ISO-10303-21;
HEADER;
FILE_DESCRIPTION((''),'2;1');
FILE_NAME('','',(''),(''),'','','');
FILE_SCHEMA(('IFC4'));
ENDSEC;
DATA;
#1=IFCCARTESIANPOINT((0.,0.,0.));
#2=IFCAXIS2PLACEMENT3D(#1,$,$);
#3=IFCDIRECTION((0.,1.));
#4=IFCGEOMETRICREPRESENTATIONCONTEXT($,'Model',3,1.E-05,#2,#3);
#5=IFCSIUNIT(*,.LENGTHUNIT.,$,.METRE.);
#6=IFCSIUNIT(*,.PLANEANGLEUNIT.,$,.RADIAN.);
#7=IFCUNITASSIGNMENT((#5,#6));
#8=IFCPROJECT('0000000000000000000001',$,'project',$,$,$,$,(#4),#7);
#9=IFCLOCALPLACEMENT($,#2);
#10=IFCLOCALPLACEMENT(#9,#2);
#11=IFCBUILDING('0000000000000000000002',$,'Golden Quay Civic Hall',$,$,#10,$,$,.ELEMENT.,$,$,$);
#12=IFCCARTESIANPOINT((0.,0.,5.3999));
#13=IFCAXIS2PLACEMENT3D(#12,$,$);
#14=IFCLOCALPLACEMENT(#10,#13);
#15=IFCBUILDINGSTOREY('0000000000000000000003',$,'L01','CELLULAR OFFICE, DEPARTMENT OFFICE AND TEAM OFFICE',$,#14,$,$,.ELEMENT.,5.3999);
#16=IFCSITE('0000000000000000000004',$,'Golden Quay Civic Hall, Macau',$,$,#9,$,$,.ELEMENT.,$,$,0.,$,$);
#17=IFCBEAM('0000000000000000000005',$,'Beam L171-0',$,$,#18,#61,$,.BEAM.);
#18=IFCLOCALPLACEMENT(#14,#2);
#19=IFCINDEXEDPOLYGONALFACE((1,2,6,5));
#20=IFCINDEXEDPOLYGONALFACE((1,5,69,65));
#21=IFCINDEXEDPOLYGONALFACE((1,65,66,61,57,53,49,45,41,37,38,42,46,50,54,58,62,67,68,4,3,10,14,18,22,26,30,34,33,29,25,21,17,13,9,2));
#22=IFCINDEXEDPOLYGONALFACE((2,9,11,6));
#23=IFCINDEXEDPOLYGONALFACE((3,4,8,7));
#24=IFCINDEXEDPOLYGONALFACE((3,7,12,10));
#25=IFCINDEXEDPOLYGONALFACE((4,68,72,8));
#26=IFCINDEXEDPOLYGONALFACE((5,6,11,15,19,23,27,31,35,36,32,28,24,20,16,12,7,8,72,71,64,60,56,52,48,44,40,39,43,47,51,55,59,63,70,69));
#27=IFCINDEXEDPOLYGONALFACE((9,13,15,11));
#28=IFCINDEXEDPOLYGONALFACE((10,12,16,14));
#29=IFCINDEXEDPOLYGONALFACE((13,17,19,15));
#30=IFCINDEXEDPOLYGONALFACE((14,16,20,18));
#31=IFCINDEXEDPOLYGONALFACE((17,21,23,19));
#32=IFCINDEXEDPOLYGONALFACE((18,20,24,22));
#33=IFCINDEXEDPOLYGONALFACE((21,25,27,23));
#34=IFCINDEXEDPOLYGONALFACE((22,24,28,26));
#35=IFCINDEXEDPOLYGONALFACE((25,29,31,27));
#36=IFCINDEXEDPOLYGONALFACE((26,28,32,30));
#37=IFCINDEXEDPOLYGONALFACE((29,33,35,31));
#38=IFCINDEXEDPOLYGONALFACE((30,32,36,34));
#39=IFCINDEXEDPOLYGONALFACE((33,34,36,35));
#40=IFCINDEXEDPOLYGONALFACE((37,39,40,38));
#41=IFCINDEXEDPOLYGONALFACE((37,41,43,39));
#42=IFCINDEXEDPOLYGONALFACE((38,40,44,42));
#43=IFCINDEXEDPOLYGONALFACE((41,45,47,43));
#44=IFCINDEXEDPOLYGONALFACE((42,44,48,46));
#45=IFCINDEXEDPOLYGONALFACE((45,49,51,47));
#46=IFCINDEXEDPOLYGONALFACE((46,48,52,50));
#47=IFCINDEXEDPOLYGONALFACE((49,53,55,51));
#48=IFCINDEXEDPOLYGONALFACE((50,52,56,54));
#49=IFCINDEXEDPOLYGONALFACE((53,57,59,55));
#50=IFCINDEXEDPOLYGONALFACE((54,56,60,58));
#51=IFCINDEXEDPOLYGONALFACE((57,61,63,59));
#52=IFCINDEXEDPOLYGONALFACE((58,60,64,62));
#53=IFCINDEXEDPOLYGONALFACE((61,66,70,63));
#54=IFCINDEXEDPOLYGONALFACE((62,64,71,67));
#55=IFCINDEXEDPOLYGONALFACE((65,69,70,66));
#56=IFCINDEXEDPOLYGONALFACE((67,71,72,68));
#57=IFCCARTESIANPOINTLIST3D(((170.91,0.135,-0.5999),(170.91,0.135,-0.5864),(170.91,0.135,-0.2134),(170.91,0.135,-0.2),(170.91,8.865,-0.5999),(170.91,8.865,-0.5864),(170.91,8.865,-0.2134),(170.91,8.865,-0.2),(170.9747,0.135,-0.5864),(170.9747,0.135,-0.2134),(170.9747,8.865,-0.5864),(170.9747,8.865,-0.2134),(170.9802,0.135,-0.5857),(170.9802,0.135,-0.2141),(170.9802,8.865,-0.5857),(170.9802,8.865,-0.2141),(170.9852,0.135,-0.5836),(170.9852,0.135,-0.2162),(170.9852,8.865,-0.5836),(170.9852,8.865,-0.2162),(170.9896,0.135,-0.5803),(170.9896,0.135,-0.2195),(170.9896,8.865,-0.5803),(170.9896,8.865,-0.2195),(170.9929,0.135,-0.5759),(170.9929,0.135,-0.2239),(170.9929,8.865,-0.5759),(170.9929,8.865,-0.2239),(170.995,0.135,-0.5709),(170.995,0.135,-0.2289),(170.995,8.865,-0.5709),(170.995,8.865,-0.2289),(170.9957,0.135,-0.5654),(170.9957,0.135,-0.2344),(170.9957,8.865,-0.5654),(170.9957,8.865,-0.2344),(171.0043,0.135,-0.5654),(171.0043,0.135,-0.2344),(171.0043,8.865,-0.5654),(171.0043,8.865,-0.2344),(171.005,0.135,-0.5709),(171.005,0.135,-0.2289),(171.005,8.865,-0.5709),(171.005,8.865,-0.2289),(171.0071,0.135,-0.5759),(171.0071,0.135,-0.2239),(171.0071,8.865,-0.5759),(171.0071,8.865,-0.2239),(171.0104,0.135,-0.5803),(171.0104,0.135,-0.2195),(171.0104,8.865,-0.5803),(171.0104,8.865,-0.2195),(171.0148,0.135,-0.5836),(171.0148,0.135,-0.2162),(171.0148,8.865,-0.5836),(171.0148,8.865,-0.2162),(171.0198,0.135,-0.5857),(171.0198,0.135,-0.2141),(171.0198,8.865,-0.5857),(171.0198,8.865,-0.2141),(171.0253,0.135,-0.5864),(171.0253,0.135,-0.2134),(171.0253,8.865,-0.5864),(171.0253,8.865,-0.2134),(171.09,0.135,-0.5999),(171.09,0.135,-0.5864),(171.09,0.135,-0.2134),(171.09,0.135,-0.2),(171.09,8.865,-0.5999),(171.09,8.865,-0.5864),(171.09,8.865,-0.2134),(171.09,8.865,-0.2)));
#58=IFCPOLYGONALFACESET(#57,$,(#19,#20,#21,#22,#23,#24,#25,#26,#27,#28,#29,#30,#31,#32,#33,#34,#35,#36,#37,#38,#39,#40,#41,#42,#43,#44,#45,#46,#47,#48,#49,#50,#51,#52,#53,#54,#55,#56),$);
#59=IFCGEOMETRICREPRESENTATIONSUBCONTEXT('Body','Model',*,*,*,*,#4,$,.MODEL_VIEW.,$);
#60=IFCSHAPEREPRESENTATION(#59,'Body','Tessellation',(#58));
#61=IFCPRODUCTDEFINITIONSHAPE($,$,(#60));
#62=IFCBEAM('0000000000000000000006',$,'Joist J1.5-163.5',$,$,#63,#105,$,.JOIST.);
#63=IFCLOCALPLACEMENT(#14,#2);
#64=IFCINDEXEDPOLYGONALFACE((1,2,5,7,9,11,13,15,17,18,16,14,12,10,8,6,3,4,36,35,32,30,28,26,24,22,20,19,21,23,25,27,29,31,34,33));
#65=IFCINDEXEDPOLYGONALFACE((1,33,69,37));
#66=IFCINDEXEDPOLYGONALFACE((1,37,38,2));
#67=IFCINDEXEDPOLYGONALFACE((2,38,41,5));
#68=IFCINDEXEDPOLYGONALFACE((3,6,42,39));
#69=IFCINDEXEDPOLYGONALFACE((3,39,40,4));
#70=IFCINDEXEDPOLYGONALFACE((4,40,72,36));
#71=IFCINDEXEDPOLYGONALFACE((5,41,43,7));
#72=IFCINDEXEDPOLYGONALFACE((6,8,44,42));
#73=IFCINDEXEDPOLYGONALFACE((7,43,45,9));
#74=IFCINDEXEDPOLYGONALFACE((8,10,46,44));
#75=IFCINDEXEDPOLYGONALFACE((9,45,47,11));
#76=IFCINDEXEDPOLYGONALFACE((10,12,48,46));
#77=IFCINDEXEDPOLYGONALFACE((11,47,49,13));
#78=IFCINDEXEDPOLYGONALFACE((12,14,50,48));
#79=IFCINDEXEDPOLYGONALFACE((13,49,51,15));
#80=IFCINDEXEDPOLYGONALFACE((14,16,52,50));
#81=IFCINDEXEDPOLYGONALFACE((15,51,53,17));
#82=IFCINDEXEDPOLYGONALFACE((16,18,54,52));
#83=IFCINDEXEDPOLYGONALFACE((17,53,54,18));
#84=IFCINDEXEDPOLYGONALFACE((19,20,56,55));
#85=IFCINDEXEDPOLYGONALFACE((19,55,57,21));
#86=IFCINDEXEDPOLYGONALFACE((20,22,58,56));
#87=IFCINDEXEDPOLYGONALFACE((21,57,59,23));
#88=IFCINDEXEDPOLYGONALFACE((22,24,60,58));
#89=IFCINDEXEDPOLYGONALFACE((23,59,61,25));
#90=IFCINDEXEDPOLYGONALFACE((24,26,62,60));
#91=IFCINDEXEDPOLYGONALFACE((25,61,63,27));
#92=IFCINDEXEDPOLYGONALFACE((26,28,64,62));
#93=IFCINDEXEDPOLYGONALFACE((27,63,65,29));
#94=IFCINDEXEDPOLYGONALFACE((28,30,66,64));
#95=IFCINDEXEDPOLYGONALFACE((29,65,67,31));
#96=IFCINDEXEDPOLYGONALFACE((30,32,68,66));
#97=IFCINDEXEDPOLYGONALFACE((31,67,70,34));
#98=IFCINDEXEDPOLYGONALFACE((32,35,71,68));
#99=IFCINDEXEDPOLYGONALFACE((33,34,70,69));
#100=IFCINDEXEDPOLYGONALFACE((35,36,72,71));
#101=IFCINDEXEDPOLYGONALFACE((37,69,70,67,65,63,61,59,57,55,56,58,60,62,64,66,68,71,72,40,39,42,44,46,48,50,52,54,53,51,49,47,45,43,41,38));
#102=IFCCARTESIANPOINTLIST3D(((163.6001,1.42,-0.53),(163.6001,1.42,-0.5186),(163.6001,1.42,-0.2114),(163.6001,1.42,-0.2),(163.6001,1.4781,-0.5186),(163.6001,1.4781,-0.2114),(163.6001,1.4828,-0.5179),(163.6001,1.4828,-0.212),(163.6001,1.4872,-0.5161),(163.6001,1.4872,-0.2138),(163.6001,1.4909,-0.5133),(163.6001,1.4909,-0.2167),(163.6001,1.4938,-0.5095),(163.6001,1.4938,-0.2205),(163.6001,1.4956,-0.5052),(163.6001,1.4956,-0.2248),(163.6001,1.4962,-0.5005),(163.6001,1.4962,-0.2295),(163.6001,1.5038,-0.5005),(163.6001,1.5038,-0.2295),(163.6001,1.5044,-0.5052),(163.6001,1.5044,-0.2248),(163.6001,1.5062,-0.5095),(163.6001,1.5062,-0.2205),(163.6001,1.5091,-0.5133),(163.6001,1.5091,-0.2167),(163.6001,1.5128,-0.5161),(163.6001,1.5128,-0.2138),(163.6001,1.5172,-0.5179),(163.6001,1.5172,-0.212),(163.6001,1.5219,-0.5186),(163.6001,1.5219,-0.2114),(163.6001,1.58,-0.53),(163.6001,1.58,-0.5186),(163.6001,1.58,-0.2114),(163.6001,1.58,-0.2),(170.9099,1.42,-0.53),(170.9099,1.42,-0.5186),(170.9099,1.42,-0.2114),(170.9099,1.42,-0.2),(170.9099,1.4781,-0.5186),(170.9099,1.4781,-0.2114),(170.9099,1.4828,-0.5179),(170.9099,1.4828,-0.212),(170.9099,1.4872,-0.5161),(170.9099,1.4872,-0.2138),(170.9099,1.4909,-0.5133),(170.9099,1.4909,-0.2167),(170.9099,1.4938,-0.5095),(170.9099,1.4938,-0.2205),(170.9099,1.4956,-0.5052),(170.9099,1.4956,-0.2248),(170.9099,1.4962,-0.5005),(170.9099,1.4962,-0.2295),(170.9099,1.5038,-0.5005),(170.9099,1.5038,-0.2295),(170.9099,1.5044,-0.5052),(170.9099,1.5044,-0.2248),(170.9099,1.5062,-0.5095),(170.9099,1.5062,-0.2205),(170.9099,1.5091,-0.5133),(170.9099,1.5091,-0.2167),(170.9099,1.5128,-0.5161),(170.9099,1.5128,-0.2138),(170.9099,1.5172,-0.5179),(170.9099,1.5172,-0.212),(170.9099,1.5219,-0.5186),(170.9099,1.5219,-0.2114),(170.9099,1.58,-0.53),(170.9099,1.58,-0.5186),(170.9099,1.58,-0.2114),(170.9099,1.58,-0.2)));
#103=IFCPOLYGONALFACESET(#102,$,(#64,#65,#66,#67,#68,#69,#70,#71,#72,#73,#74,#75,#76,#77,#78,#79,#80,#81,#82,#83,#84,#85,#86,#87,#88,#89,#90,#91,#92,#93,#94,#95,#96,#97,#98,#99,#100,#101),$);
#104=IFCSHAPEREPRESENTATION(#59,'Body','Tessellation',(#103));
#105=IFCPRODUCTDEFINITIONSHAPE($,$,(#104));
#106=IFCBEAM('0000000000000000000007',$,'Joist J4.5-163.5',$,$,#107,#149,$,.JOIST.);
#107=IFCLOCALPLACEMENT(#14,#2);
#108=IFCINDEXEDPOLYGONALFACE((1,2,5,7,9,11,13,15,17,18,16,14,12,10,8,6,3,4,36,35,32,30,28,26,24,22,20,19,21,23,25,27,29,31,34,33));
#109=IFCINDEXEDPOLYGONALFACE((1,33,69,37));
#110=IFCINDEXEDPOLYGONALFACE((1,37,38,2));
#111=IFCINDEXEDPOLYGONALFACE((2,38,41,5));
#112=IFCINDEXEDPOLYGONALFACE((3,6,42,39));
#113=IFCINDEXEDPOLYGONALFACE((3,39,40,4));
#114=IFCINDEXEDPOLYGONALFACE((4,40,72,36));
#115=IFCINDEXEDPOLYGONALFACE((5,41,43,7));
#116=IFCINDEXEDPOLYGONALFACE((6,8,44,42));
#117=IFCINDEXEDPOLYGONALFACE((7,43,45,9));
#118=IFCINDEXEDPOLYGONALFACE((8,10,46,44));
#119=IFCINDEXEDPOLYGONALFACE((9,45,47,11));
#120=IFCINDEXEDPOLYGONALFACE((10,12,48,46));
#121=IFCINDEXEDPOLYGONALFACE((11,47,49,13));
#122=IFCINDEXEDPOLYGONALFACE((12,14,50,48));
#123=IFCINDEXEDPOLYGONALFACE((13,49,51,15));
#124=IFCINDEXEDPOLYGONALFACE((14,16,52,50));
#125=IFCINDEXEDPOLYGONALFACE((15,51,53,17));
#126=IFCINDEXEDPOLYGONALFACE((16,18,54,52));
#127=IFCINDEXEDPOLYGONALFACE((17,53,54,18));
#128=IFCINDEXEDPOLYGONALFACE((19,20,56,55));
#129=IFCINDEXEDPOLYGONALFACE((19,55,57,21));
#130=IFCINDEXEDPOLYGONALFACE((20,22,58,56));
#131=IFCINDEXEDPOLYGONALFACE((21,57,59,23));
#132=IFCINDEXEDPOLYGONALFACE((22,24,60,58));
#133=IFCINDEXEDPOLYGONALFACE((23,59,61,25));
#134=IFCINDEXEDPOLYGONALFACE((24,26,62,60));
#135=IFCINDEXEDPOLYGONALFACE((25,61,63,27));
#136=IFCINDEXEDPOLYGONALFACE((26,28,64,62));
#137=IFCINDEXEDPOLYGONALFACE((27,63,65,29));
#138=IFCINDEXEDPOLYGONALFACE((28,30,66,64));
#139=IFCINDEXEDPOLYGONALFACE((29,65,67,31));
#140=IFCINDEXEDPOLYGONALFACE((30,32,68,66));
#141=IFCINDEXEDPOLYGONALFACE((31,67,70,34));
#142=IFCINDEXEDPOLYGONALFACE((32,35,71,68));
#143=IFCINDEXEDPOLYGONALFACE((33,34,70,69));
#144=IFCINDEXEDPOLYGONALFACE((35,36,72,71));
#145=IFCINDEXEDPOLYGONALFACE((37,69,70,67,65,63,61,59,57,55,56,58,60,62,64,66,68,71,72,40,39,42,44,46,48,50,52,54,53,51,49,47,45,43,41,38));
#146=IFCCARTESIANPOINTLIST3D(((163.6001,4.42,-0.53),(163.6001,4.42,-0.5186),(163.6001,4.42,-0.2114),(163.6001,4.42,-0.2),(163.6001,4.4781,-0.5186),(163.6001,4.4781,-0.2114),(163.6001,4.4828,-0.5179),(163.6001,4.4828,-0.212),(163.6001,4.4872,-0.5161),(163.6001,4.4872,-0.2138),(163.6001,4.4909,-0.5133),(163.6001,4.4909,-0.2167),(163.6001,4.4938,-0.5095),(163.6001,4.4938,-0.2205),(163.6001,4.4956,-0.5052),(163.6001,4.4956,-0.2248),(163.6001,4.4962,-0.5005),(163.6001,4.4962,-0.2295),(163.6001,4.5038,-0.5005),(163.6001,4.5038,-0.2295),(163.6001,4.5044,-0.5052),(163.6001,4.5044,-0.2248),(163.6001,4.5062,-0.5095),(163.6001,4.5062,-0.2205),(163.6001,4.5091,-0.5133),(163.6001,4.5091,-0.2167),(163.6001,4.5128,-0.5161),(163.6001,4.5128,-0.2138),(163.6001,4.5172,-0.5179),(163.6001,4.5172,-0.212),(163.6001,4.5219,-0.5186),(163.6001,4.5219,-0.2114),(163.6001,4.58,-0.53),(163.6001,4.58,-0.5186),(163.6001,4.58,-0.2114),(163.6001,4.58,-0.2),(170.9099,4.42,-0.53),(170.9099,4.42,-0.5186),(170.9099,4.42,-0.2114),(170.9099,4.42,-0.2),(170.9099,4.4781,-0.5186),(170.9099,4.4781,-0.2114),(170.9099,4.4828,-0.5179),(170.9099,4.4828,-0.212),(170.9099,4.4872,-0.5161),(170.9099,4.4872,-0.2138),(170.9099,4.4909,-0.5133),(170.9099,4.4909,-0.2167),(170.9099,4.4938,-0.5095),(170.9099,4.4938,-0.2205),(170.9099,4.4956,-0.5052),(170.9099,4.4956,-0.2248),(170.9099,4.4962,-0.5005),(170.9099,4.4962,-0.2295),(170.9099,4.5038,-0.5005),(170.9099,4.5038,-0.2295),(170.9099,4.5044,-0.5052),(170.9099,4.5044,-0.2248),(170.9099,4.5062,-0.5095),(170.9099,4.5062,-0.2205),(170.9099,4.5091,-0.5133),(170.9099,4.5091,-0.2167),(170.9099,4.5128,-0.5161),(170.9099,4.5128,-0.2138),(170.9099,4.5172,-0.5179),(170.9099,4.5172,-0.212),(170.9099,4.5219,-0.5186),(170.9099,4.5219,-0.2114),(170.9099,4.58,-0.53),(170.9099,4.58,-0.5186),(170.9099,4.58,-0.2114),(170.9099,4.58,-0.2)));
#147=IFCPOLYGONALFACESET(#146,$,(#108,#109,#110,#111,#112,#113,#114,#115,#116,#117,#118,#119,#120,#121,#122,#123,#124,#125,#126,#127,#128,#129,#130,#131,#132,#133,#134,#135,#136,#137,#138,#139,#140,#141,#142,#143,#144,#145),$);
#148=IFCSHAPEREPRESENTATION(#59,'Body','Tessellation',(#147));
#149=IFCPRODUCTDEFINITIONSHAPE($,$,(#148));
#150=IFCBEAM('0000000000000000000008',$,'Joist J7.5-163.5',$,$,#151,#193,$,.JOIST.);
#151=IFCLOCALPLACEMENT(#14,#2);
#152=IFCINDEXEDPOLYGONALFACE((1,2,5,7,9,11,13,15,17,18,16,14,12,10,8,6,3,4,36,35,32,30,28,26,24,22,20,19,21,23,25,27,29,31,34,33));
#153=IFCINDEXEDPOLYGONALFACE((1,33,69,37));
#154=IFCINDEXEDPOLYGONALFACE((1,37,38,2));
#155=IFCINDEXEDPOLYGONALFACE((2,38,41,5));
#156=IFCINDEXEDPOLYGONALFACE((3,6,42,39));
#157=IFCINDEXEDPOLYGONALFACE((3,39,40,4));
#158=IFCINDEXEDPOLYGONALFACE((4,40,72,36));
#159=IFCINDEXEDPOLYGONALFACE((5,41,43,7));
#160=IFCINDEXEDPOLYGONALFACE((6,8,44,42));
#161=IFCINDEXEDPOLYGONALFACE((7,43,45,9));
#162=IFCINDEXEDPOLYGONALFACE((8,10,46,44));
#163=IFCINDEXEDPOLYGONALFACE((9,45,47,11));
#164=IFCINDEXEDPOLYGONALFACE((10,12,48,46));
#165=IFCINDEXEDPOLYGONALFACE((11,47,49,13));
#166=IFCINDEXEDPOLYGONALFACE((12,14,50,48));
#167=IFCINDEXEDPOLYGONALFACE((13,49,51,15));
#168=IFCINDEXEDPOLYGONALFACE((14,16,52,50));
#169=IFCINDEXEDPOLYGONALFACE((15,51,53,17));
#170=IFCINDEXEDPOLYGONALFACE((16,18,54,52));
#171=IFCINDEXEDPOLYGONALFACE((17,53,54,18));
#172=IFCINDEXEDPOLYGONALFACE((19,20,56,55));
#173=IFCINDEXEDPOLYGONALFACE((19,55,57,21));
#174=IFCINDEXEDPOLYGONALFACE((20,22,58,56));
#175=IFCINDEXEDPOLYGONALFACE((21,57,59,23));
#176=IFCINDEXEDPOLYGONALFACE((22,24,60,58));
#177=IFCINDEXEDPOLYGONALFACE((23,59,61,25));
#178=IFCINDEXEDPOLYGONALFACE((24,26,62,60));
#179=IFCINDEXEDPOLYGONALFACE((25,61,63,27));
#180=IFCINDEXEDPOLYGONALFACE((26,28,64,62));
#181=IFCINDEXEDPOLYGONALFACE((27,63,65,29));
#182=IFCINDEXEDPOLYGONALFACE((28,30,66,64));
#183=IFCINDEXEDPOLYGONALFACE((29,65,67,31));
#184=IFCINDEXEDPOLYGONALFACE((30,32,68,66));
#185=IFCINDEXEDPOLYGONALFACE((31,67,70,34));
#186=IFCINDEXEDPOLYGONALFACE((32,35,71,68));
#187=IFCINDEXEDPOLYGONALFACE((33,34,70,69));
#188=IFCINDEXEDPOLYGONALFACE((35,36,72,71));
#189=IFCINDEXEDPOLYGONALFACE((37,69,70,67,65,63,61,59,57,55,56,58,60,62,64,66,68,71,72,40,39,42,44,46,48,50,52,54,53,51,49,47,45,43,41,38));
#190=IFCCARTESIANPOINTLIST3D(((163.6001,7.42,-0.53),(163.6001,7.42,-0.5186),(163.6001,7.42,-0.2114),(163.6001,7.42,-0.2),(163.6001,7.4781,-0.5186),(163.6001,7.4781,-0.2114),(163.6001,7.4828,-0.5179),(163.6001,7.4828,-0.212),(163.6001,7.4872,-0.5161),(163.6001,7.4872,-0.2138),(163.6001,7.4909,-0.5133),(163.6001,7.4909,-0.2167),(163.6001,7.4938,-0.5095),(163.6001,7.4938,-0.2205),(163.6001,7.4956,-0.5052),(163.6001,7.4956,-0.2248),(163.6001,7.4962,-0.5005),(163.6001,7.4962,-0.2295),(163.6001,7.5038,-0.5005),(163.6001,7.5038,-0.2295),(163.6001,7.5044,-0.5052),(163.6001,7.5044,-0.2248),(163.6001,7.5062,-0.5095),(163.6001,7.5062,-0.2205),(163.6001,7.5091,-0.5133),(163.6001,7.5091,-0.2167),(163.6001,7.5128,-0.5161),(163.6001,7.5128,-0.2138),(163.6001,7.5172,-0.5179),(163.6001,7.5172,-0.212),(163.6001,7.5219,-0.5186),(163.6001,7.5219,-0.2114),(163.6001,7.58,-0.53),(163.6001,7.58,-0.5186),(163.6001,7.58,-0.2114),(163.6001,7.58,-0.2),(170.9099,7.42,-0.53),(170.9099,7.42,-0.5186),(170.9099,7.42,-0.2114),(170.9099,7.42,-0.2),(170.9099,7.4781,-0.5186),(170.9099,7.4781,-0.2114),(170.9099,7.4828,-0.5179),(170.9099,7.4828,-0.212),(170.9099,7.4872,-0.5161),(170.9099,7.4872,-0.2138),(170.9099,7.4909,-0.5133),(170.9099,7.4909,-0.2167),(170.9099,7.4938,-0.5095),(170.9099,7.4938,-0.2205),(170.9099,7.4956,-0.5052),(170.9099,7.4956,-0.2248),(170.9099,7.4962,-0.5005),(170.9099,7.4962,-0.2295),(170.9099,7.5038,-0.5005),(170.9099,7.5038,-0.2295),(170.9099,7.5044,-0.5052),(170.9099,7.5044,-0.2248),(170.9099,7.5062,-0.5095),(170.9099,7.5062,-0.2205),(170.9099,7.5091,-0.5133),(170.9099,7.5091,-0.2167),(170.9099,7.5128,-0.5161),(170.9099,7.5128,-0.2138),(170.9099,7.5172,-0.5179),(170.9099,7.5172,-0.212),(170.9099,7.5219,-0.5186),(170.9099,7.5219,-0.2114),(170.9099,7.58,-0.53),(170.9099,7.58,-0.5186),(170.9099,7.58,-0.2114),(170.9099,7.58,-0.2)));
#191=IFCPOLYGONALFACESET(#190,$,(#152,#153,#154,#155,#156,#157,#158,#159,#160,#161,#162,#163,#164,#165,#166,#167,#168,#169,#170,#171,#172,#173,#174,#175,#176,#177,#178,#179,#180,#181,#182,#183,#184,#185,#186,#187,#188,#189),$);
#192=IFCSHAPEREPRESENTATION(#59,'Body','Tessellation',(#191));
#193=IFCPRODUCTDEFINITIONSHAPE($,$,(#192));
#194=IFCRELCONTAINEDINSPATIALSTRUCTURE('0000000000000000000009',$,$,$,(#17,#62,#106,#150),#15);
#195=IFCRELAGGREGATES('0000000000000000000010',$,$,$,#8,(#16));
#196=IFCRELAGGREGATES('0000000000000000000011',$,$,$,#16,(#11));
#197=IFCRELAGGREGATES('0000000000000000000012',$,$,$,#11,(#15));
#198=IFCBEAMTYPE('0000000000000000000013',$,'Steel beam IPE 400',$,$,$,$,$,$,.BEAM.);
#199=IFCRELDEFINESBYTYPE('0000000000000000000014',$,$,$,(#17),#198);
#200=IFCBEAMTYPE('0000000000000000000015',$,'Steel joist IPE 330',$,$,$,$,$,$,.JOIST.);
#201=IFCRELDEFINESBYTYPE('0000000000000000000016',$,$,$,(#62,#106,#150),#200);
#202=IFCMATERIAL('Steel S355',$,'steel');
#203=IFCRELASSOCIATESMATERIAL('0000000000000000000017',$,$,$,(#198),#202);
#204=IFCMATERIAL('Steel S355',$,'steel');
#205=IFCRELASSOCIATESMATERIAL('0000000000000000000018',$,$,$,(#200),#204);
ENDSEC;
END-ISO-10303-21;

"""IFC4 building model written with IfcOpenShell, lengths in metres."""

from ifc_helpers import new_model, si_unit, direction, frame, origin, origin_2d, place, context, subcontext, project, spatial, i_section, extrude, material, material_profile, profile_set, type_object, element, save


model = new_model("IFC4")

# Units and contexts
model_context = context("Model", 3, precision=1e-05, world=origin(), true_north=direction((0.0, 1.0)))
body_context = subcontext(model_context, "Body", "Model", "MODEL_VIEW")
ifc_project = project(units=[si_unit("LENGTHUNIT", "METRE"), si_unit("PLANEANGLEUNIT", "RADIAN")], contexts=[model_context])

# Site, building, storey
site_placement = place(None, origin())
site = spatial("IfcSite", under=ifc_project, at=site_placement, Name="Golden Quay Civic Hall, Macau", CompositionType="ELEMENT", RefElevation=0.0)
building_placement = place(site_placement, origin())
building = spatial("IfcBuilding", under=site, at=building_placement, Name="Golden Quay Civic Hall", CompositionType="ELEMENT")
storey_placement = place(building_placement, frame((0.0, 0.0, 5.3999)))
storey = spatial("IfcBuildingStorey", under=building, at=storey_placement, Name="L01", Description="CELLULAR OFFICE, DEPARTMENT OFFICE AND TEAM OFFICE", CompositionType="ELEMENT", Elevation=5.3999)

# Beams
ifc_material_1 = material(Name="Steel S355", Category="steel")
ifc_material_profile_1 = material_profile(ifc_material_1, i_section(OverallWidth=0.1799, OverallDepth=0.3999, WebThickness=0.0085, FlangeThickness=0.0134, FilletRadius=0.021, at=origin_2d()), Name="IPE 400")
ifc_profile_set_1 = profile_set([ifc_material_profile_1], Name="Steel S355")
beam_type_1 = type_object("IfcBeamType", Name="Steel beam IPE 400", PredefinedType="BEAM", material=ifc_profile_set_1)
beam_1_placement = place(storey_placement, frame((171.0, 0.135, -0.3999), z_axis=(0.0, 1.0, 0.0), x_axis=(-1.0, 0.0, 0.0)))
element("IfcBeam", 1, at=beam_1_placement, inside=storey, type_object=beam_type_1, Name="Beam L171-0", PredefinedType="BEAM", context=body_context, shape_type="SweptSolid", body=[
    extrude(i_section(OverallWidth=0.1799, OverallDepth=0.3999, WebThickness=0.0085, FlangeThickness=0.0134, FilletRadius=0.021, at=origin_2d()), origin(), (0.0, 0.0, 1.0), 8.73),
])
ifc_material_2 = material(Name="Steel S355", Category="steel")
ifc_material_profile_2 = material_profile(ifc_material_2, i_section(OverallWidth=0.1599, OverallDepth=0.3301, WebThickness=0.0076, FlangeThickness=0.0115, FilletRadius=0.0181, at=origin_2d()), Name="IPE 330")
ifc_profile_set_2 = profile_set([ifc_material_profile_2], Name="Steel S355")
beam_type_2 = type_object("IfcBeamType", Name="Steel joist IPE 330", PredefinedType="JOIST", material=ifc_profile_set_2)
for number, where, z_axis, x_axis, name in (
    (2, (163.6001, 1.5, -0.365), (1.0, 0.0, 0.0), (0.0, 1.0, 0.0), "Joist J1.5-163.5"),
    (3, (163.6001, 4.5, -0.365), (1.0, 0.0, 0.0), (0.0, 1.0, 0.0), "Joist J4.5-163.5"),
    (4, (163.6001, 7.5, -0.365), (1.0, 0.0, 0.0), (0.0, 1.0, 0.0), "Joist J7.5-163.5"),
):
    element("IfcBeam", number, at=place(storey_placement, frame(where, z_axis=z_axis, x_axis=x_axis)), inside=storey, type_object=beam_type_2, Name=name, PredefinedType="JOIST", context=body_context, shape_type="SweptSolid", body=[
        extrude(i_section(OverallWidth=0.1599, OverallDepth=0.3301, WebThickness=0.0076, FlangeThickness=0.0115, FilletRadius=0.0181, at=origin_2d()), origin(), (0.0, 0.0, 1.0), 7.3098),
    ])

save(model, "model.ifc")
